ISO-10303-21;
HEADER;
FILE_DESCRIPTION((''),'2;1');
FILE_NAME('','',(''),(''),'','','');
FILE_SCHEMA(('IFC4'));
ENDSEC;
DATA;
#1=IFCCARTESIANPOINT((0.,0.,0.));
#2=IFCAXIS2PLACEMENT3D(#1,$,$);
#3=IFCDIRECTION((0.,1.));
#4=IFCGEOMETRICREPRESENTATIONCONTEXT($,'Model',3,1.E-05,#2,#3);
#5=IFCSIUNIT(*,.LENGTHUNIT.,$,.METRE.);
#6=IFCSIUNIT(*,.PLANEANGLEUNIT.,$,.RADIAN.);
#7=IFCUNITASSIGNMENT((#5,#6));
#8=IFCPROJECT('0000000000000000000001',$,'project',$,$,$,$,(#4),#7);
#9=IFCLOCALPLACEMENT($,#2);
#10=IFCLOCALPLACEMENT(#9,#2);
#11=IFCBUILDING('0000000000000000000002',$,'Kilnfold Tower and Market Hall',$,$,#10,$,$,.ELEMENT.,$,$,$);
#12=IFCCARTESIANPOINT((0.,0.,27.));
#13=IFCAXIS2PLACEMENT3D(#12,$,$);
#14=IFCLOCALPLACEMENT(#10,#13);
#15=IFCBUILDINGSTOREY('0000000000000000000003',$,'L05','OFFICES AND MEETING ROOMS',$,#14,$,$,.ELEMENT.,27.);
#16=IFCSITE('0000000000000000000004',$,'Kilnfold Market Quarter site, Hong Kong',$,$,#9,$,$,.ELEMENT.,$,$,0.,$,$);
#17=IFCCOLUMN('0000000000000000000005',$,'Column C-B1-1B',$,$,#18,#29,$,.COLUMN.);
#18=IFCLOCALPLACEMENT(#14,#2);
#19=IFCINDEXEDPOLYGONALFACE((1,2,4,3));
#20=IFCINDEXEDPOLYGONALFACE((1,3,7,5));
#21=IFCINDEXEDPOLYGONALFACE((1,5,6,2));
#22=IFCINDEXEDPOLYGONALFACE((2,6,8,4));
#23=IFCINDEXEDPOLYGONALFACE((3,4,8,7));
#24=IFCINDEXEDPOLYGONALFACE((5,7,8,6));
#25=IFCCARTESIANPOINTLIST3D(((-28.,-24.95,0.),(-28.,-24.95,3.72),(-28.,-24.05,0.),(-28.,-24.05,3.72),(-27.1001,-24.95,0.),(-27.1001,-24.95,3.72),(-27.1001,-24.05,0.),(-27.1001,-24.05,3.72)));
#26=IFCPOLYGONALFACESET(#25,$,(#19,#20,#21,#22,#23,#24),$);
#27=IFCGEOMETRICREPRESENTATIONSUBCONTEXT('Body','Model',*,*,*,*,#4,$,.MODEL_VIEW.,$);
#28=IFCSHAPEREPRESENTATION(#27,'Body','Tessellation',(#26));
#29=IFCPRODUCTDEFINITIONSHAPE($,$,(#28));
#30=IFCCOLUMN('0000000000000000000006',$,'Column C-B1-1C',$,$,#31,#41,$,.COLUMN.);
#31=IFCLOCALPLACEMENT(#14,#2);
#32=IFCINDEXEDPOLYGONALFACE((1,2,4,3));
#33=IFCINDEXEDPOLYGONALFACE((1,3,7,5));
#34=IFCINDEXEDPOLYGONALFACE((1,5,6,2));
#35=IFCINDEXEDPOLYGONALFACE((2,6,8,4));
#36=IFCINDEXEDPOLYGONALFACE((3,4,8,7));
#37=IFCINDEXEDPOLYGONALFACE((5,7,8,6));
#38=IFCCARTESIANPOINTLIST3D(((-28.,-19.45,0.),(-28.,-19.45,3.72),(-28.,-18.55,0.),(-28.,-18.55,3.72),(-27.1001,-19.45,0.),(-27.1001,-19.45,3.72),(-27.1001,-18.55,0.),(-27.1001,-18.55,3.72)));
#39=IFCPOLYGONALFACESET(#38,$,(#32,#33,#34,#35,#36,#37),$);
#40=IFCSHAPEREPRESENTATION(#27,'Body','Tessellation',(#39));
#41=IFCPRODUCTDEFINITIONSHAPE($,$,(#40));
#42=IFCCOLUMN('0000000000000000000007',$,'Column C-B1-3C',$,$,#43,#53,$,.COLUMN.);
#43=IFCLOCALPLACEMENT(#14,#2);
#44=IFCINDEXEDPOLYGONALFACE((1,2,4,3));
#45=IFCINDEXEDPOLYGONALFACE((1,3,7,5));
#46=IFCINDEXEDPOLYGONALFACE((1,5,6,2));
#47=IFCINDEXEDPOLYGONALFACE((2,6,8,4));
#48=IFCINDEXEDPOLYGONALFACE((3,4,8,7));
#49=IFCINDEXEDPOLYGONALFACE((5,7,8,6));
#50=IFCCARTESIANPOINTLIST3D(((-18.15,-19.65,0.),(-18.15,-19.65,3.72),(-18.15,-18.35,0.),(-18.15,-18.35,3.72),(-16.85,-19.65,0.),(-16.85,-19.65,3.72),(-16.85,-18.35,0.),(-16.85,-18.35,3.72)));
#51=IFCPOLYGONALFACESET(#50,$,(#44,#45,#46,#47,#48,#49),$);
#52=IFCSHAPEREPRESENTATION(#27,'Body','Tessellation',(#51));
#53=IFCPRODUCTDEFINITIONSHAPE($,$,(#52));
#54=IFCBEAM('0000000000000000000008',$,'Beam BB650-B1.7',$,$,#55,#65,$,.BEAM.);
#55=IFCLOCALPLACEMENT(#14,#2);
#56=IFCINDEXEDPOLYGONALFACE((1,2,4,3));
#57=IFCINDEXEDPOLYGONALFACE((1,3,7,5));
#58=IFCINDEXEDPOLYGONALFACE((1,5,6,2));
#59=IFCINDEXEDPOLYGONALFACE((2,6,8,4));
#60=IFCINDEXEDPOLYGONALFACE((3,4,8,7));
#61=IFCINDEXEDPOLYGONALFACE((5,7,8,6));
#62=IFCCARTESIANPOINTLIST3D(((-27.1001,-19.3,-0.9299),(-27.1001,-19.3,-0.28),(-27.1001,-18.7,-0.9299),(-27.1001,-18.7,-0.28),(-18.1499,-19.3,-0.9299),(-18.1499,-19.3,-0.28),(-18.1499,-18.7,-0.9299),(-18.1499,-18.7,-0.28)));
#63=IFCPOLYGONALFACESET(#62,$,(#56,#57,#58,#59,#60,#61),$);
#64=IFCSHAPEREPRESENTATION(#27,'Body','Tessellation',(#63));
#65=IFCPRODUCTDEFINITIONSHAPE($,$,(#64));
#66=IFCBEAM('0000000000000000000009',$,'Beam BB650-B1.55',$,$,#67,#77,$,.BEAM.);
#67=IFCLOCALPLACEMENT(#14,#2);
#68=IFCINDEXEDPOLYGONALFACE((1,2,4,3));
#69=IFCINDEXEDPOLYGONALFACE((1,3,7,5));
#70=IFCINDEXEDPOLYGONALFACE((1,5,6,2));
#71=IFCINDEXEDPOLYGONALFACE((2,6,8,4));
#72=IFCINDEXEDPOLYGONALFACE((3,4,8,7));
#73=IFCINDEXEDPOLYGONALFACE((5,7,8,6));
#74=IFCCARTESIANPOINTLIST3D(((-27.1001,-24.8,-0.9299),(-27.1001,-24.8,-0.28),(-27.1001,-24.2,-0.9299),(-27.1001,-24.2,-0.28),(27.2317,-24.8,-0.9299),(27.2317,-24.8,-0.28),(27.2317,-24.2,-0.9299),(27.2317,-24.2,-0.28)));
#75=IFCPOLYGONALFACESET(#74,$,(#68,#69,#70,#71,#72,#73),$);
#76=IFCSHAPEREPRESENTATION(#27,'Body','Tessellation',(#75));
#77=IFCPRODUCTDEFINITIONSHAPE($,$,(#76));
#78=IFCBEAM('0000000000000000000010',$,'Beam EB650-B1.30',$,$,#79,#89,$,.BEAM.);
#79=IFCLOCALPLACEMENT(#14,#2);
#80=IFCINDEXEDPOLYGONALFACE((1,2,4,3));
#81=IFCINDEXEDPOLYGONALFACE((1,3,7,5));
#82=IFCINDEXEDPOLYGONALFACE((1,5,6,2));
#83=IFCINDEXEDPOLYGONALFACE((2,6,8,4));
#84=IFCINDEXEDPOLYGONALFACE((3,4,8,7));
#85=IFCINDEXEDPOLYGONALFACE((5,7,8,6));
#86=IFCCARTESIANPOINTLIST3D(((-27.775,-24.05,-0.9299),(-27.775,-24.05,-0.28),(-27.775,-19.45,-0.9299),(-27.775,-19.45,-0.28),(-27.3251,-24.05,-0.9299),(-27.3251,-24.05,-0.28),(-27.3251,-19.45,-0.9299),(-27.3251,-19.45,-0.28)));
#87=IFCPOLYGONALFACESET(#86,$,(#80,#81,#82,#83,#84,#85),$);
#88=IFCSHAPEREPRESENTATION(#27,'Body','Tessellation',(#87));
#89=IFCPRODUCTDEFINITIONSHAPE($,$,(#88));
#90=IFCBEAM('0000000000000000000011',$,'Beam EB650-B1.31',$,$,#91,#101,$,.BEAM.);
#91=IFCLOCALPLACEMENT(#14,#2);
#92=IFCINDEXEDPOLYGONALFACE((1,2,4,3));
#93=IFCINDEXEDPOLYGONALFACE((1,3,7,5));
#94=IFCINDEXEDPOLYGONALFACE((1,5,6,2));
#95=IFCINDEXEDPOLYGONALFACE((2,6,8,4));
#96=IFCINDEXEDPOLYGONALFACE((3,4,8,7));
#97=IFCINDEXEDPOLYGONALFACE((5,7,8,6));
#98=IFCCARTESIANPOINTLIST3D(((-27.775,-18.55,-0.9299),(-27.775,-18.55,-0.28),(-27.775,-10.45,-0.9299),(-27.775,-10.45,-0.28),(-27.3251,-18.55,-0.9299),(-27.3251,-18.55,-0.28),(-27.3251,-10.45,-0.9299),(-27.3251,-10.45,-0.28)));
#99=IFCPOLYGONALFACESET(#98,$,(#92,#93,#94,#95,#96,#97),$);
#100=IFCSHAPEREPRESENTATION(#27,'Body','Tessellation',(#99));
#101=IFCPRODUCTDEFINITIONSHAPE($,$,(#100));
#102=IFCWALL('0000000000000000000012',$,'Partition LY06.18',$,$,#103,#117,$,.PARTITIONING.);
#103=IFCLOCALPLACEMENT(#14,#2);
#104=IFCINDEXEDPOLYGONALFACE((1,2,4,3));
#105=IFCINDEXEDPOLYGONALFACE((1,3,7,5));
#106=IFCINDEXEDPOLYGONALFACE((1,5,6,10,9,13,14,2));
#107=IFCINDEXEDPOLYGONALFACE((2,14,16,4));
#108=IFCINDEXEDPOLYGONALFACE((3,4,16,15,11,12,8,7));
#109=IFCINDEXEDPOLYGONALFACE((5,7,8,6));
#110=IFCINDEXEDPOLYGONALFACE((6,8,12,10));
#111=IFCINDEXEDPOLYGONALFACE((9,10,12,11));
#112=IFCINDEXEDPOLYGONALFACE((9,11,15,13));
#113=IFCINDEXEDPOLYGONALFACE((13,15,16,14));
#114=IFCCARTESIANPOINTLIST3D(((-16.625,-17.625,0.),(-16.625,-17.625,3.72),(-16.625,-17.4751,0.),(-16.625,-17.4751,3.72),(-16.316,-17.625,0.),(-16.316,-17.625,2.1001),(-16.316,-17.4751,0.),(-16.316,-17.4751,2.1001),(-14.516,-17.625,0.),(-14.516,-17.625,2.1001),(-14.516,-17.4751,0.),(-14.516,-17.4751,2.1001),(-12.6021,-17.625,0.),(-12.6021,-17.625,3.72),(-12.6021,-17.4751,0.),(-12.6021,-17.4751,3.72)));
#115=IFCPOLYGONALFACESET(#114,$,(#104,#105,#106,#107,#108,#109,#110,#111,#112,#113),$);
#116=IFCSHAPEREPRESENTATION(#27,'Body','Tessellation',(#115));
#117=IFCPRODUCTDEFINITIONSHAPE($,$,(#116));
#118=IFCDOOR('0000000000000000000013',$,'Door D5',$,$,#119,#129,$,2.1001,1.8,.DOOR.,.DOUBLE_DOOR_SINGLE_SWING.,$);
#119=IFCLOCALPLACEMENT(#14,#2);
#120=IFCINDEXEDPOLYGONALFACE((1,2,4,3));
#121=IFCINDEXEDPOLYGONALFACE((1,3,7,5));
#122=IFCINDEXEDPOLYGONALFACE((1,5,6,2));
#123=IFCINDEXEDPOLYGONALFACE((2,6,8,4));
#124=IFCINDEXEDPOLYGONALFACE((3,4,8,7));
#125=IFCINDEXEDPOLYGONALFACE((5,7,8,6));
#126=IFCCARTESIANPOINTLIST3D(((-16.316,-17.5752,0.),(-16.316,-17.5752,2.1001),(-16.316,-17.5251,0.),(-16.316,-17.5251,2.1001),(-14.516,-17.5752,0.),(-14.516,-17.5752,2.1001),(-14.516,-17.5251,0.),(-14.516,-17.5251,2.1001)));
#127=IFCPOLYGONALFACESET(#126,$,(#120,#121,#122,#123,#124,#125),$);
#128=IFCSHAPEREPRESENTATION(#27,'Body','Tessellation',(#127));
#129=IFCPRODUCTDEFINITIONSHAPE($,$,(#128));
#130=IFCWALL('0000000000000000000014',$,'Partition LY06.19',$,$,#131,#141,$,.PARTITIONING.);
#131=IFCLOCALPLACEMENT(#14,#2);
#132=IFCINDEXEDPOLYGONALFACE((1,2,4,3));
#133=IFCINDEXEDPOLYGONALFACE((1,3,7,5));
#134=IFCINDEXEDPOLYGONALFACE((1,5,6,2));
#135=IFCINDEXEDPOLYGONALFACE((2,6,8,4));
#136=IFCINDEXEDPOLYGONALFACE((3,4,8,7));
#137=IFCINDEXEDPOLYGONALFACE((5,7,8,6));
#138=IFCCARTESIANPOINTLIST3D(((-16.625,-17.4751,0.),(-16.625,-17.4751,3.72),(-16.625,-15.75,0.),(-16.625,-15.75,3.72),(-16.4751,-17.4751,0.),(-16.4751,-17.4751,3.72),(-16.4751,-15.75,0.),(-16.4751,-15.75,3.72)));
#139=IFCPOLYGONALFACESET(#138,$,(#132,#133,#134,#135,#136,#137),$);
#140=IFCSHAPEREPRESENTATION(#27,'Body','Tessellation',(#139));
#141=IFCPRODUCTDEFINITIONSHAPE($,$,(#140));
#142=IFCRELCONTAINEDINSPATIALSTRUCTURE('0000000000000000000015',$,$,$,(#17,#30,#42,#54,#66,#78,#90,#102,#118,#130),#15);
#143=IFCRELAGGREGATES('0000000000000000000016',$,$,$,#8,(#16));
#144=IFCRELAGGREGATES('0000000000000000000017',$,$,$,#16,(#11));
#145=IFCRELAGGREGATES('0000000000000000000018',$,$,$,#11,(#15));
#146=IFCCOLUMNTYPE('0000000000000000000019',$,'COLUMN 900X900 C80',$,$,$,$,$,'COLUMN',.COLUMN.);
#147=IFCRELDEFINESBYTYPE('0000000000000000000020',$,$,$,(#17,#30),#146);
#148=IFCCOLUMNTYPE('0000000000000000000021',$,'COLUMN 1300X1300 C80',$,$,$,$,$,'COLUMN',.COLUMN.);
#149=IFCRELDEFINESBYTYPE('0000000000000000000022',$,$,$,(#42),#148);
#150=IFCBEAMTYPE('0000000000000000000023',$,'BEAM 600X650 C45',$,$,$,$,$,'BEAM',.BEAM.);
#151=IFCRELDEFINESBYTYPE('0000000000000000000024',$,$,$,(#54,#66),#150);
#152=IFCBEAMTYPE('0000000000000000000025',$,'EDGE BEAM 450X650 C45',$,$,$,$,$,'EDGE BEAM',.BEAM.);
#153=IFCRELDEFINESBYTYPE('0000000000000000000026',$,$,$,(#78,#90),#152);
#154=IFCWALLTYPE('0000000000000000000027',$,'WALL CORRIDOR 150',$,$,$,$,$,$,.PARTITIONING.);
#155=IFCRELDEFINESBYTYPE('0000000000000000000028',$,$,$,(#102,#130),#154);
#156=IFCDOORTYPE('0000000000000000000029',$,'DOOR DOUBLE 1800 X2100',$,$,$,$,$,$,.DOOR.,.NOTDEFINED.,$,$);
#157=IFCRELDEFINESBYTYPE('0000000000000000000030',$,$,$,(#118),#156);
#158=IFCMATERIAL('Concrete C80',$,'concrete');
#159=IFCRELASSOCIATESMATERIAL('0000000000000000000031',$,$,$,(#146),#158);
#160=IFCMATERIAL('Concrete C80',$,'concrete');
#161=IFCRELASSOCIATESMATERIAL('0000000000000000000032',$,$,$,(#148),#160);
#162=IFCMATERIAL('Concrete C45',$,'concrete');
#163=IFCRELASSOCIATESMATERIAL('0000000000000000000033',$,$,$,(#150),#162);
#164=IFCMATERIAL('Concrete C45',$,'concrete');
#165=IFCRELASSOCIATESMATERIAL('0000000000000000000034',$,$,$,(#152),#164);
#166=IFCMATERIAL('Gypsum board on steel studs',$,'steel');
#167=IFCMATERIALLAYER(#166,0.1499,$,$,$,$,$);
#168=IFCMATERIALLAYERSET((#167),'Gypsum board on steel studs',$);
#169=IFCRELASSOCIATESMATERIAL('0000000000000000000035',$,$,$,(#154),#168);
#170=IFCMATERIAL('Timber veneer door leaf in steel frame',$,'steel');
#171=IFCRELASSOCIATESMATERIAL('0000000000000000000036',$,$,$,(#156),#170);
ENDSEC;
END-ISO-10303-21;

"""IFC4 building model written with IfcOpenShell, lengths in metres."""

from ifc_helpers import new_model, si_unit, direction, frame, frame_2d, origin, origin_2d, place, context, subcontext, project, spatial, rectangle, extrude, source, transform, mapped, material, layer, layer_set, material_profile, profile_set, type_object, element, fill, save


model = new_model("IFC4")

# Units and contexts
model_context = context("Model", 3, precision=1e-05, world=origin(), true_north=direction((0.0, 1.0)))
body_context = subcontext(model_context, "Body", "Model", "MODEL_VIEW")
ifc_project = project(units=[si_unit("LENGTHUNIT", "METRE"), si_unit("PLANEANGLEUNIT", "RADIAN")], contexts=[model_context])

# Site, building, storey
site_placement = place(None, origin())
site = spatial("IfcSite", under=ifc_project, at=site_placement, Name="Kilnfold Market Quarter site, Hong Kong", CompositionType="ELEMENT", RefElevation=0.0)
building_placement = place(site_placement, origin())
building = spatial("IfcBuilding", under=site, at=building_placement, Name="Kilnfold Tower and Market Hall", CompositionType="ELEMENT")
storey_placement = place(building_placement, frame((0.0, 0.0, 27.0)))
storey = spatial("IfcBuildingStorey", under=building, at=storey_placement, Name="L05", Description="OFFICES AND MEETING ROOMS", CompositionType="ELEMENT", Elevation=27.0)

# Columns
ifc_material_1 = material(Name="Concrete C80", Category="concrete")
ifc_material_profile_1 = material_profile(ifc_material_1, rectangle(XDim=0.8999, YDim=0.8999, at=origin_2d()), Name="RC 900x900")
ifc_profile_set_1 = profile_set([ifc_material_profile_1], Name="Concrete C80")
column_type_1 = type_object("IfcColumnType", Name="COLUMN 900X900 C80", ElementType="COLUMN", PredefinedType="COLUMN", material=ifc_profile_set_1)
shared_shape_1 = source(origin(), body_context, "Body", "SweptSolid", [
    extrude(rectangle(XDim=0.8999, YDim=0.8999, at=origin_2d()), origin(), (0.0, 0.0, 1.0), 3.72),
])
for number, where, z_axis, x_axis, name in (
    (1, (-27.55, -24.5, 0.0), (0.0, 0.0, 1.0), (1.0, 0.0, 0.0), "Column C-B1-1B"),
    (2, (-27.55, -19.0, 0.0), (0.0, 0.0, 1.0), (1.0, 0.0, 0.0), "Column C-B1-1C"),
):
    element("IfcColumn", number, at=place(storey_placement, frame(where, z_axis=z_axis, x_axis=x_axis)), inside=storey, type_object=column_type_1, Name=name, PredefinedType="COLUMN", context=body_context, shape_type="MappedRepresentation", body=[
        mapped(shared_shape_1, transform((0.0, 0.0, 0.0))),
    ])
ifc_material_2 = material(Name="Concrete C80", Category="concrete")
ifc_material_profile_2 = material_profile(ifc_material_2, rectangle(XDim=1.3, YDim=1.3, at=origin_2d()), Name="RC 1300x1300")
ifc_profile_set_2 = profile_set([ifc_material_profile_2], Name="Concrete C80")
column_type_2 = type_object("IfcColumnType", Name="COLUMN 1300X1300 C80", ElementType="COLUMN", PredefinedType="COLUMN", material=ifc_profile_set_2)
shared_shape_2 = source(origin(), body_context, "Body", "SweptSolid", [
    extrude(rectangle(XDim=1.3, YDim=1.3, at=origin_2d()), origin(), (0.0, 0.0, 1.0), 3.72),
])
column_placement = place(storey_placement, frame((-17.5, -19.0, 0.0), z_axis=(0.0, 0.0, 1.0), x_axis=(1.0, 0.0, 0.0)))
element("IfcColumn", 3, at=column_placement, inside=storey, type_object=column_type_2, Name="Column C-B1-3C", PredefinedType="COLUMN", context=body_context, shape_type="MappedRepresentation", body=[
    mapped(shared_shape_2, transform((0.0, 0.0, 0.0))),
])

# Beams
ifc_material_3 = material(Name="Concrete C45", Category="concrete")
ifc_material_profile_3 = material_profile(ifc_material_3, rectangle(XDim=0.6001, YDim=0.6499, at=origin_2d()), Name="RC 600x650")
ifc_profile_set_3 = profile_set([ifc_material_profile_3], Name="Concrete C45")
beam_type_1 = type_object("IfcBeamType", Name="BEAM 600X650 C45", ElementType="BEAM", PredefinedType="BEAM", material=ifc_profile_set_3)
shared_shape_3 = source(origin(), body_context, "Body", "SweptSolid", [
    extrude(rectangle(XDim=0.6001, YDim=0.6499, at=origin_2d()), origin(), (0.0, 0.0, 1.0), 8.9502),
])
beam_1_placement = place(storey_placement, frame((-27.1001, -19.0, -0.605), z_axis=(1.0, 0.0, 0.0), x_axis=(0.0, 1.0, 0.0)))
element("IfcBeam", 4, at=beam_1_placement, inside=storey, type_object=beam_type_1, Name="Beam BB650-B1.7", PredefinedType="BEAM", context=body_context, shape_type="MappedRepresentation", body=[
    mapped(shared_shape_3, transform((0.0, 0.0, 0.0))),
])
shared_shape_4 = source(origin(), body_context, "Body", "SweptSolid", [
    extrude(rectangle(XDim=0.6001, YDim=0.6499, at=origin_2d()), origin(), (0.0, 0.0, 1.0), 54.3318),
])
beam_2_placement = place(storey_placement, frame((-27.1001, -24.5, -0.605), z_axis=(1.0, 0.0, 0.0), x_axis=(0.0, 1.0, 0.0)))
element("IfcBeam", 5, at=beam_2_placement, inside=storey, type_object=beam_type_1, Name="Beam BB650-B1.55", PredefinedType="BEAM", context=body_context, shape_type="MappedRepresentation", body=[
    mapped(shared_shape_4, transform((0.0, 0.0, 0.0))),
])
ifc_material_4 = material(Name="Concrete C45", Category="concrete")
ifc_material_profile_4 = material_profile(ifc_material_4, rectangle(XDim=0.45, YDim=0.6499, at=origin_2d()), Name="RC 450x650")
ifc_profile_set_4 = profile_set([ifc_material_profile_4], Name="Concrete C45")
beam_type_2 = type_object("IfcBeamType", Name="EDGE BEAM 450X650 C45", ElementType="EDGE BEAM", PredefinedType="BEAM", material=ifc_profile_set_4)
shared_shape_5 = source(origin(), body_context, "Body", "SweptSolid", [
    extrude(rectangle(XDim=0.45, YDim=0.6499, at=origin_2d()), origin(), (0.0, 0.0, 1.0), 4.6001),
])
beam_3_placement = place(storey_placement, frame((-27.55, -24.05, -0.605), z_axis=(0.0, 1.0, 0.0), x_axis=(-1.0, 0.0, 0.0)))
element("IfcBeam", 6, at=beam_3_placement, inside=storey, type_object=beam_type_2, Name="Beam EB650-B1.30", PredefinedType="BEAM", context=body_context, shape_type="MappedRepresentation", body=[
    mapped(shared_shape_5, transform((0.0, 0.0, 0.0))),
])
shared_shape_6 = source(origin(), body_context, "Body", "SweptSolid", [
    extrude(rectangle(XDim=0.45, YDim=0.6499, at=origin_2d()), origin(), (0.0, 0.0, 1.0), 8.1001),
])
beam_4_placement = place(storey_placement, frame((-27.55, -18.55, -0.605), z_axis=(0.0, 1.0, 0.0), x_axis=(-1.0, 0.0, 0.0)))
element("IfcBeam", 7, at=beam_4_placement, inside=storey, type_object=beam_type_2, Name="Beam EB650-B1.31", PredefinedType="BEAM", context=body_context, shape_type="MappedRepresentation", body=[
    mapped(shared_shape_6, transform((0.0, 0.0, 0.0))),
])

# Wall, opening, door
ifc_material_5 = material(Name="Gypsum board on steel studs", Category="steel")
ifc_layer_1 = layer(ifc_material_5, 0.1499)
ifc_layer_set_1 = layer_set([ifc_layer_1], Name="Gypsum board on steel studs")
wall_type_1 = type_object("IfcWallType", Name="WALL CORRIDOR 150", PredefinedType="PARTITIONING", material=ifc_layer_set_1)
wall_1_placement = place(storey_placement, frame((-16.625, -17.55, 0.0), z_axis=(0.0, 0.0, 1.0), x_axis=(1.0, 0.0, 0.0)))
wall_1 = element("IfcWall", 8, at=wall_1_placement, inside=storey, type_object=wall_type_1, Name="Partition LY06.18", PredefinedType="PARTITIONING", context=body_context, shape_type="SweptSolid", body=[
    extrude(rectangle(XDim=4.0229, YDim=0.1499, at=frame_2d((2.0115, 0.0))), origin(), (0.0, 0.0, 1.0), 3.72),
])
opening_1_placement = place(wall_1_placement, frame((0.3091, 0.0, 0.0)))
opening_1 = element("IfcOpeningElement", 9, at=opening_1_placement, cuts=wall_1, PredefinedType="OPENING", context=body_context, shape_type="SweptSolid", body=[
    extrude(rectangle(XDim=1.8, YDim=2.1001, at=frame_2d((0.8999, 1.05))), frame((0.0, 0.085, 0.0), z_axis=(0.0, -1.0, 0.0), x_axis=(1.0, 0.0, 0.0)), (0.0, 0.0, 1.0), 0.1699),
])
ifc_material_6 = material(Name="Timber veneer door leaf in steel frame", Category="steel")
door_type_1 = type_object("IfcDoorType", Name="DOOR DOUBLE 1800 X2100", OperationType="NOTDEFINED", PredefinedType="DOOR", material=ifc_material_6)
door_1_placement = place(opening_1_placement, origin())
door_1 = element("IfcDoor", 10, at=door_1_placement, inside=storey, type_object=door_type_1, Name="Door D5", OperationType="DOUBLE_DOOR_SINGLE_SWING", OverallHeight=2.1001, OverallWidth=1.8, PredefinedType="DOOR", context=body_context, shape_type="SweptSolid", body=[
    extrude(rectangle(XDim=1.8, YDim=2.1001, at=frame_2d((0.8999, 1.05))), frame((0.0, 0.0249, 0.0), z_axis=(0.0, -1.0, 0.0), x_axis=(1.0, 0.0, 0.0)), (0.0, 0.0, 1.0), 0.05),
])
fill(opening_1, door_1)

# Wall
wall_2_placement = place(storey_placement, frame((-16.55, -15.75, 0.0), z_axis=(0.0, 0.0, 1.0), x_axis=(0.0, -1.0, 0.0)))
element("IfcWall", 11, at=wall_2_placement, inside=storey, type_object=wall_type_1, Name="Partition LY06.19", PredefinedType="PARTITIONING", context=body_context, shape_type="SweptSolid", body=[
    extrude(rectangle(XDim=1.7251, YDim=0.1499, at=frame_2d((0.8625, 0.0))), origin(), (0.0, 0.0, 1.0), 3.72),
])

save(model, "model.ifc")
